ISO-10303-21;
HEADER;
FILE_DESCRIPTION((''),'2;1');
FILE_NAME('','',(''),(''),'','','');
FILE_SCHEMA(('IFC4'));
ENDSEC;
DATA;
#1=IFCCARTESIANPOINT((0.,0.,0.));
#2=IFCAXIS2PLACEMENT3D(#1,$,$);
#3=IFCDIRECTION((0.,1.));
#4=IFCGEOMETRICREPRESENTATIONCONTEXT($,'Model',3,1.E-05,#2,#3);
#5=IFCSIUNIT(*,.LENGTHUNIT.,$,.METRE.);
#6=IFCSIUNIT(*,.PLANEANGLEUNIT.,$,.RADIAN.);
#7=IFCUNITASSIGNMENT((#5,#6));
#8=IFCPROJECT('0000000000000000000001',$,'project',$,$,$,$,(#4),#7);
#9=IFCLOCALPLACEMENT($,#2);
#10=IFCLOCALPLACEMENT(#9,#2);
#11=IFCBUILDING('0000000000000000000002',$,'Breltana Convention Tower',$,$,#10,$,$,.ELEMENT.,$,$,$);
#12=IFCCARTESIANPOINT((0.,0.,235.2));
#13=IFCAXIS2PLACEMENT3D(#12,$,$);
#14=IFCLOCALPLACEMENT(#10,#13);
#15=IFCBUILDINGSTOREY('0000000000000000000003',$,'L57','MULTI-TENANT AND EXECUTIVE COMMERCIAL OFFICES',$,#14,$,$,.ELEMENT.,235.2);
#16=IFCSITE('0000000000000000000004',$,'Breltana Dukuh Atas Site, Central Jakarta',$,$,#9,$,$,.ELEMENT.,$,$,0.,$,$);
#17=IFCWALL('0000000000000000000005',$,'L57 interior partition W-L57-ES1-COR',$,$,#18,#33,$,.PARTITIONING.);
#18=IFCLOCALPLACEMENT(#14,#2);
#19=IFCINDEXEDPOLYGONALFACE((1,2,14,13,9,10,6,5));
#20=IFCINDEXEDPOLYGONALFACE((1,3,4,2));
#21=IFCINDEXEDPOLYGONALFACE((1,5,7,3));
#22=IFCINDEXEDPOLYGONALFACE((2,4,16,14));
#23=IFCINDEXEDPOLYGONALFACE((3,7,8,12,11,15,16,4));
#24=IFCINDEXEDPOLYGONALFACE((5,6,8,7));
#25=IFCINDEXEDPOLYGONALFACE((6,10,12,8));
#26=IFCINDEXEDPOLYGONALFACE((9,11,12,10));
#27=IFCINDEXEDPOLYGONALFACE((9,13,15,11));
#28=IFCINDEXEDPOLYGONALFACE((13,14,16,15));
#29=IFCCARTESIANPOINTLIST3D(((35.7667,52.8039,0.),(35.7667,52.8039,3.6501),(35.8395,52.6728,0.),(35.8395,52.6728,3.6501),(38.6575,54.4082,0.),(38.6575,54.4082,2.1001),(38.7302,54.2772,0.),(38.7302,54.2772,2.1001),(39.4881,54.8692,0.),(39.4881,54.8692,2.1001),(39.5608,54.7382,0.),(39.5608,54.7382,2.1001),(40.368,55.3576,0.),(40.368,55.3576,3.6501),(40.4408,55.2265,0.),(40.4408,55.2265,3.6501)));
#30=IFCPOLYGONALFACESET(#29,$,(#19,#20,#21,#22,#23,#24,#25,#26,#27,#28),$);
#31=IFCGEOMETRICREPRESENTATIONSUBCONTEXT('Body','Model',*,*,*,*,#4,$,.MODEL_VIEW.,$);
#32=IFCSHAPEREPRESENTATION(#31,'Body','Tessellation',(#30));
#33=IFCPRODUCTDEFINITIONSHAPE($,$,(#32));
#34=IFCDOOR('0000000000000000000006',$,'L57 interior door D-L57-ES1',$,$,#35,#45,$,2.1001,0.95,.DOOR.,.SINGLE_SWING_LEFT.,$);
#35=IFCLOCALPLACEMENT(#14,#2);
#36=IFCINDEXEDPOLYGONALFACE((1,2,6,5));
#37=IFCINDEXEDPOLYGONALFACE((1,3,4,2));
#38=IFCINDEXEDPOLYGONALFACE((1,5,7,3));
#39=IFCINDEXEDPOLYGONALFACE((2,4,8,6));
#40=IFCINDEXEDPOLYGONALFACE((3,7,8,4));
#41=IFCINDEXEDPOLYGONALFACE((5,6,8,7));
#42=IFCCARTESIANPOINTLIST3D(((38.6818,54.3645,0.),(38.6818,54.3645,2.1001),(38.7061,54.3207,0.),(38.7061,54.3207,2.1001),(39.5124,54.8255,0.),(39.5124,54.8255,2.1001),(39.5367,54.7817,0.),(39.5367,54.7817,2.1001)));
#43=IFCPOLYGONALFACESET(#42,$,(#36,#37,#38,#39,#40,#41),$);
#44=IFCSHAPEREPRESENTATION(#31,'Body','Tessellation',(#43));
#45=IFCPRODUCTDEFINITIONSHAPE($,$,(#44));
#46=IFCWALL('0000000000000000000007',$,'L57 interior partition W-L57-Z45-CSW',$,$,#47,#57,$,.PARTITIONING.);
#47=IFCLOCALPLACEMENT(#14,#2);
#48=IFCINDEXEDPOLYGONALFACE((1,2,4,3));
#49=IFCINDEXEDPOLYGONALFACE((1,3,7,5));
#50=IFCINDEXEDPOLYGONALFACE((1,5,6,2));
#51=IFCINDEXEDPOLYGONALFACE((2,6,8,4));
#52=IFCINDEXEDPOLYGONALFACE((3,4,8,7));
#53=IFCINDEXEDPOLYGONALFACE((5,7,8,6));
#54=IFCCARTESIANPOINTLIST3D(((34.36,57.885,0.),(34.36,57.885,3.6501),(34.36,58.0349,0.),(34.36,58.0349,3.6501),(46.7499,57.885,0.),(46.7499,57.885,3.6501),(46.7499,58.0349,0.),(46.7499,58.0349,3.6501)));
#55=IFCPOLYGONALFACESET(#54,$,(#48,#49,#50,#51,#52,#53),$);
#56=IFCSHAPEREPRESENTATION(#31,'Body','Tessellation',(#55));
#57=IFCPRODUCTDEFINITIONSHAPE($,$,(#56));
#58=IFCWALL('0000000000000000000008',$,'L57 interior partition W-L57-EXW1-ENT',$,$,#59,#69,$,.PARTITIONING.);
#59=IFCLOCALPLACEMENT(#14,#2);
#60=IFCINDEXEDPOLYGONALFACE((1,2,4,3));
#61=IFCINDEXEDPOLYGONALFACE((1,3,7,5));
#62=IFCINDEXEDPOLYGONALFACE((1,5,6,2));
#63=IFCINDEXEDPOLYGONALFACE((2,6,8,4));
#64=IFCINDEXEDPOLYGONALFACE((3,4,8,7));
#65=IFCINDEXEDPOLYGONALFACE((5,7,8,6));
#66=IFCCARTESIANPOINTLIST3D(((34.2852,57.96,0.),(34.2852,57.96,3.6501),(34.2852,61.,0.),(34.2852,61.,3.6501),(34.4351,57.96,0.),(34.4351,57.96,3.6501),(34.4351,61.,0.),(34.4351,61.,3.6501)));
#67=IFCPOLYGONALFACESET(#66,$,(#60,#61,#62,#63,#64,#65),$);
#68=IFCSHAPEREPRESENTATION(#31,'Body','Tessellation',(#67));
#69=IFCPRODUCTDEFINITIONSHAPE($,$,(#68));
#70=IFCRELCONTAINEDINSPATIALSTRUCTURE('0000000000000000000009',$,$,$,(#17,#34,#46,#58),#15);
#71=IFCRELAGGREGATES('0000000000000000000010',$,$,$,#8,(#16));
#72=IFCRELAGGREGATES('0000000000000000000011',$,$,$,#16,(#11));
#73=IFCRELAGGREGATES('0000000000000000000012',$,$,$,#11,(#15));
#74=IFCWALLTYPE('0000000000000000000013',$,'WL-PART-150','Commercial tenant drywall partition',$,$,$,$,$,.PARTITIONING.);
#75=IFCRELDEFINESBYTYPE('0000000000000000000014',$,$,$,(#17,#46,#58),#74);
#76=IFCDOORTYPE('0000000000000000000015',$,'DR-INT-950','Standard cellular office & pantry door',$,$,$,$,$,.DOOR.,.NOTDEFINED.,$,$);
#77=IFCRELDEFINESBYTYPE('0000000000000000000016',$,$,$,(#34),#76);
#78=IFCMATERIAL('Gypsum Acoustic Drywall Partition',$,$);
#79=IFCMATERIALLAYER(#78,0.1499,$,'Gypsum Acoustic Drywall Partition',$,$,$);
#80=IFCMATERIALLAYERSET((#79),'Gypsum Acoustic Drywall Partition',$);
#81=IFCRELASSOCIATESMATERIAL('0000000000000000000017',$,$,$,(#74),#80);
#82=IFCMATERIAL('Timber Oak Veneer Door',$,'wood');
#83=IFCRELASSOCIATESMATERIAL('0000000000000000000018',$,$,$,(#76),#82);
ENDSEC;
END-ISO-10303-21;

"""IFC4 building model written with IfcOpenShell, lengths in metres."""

from ifc_helpers import new_model, si_unit, direction, frame, frame_2d, origin, place, context, subcontext, project, spatial, rectangle, extrude, source, transform, mapped, material, layer, layer_set, type_object, type_shapes, element, fill, save


model = new_model("IFC4")

# Units and contexts
model_context = context("Model", 3, precision=1e-05, world=origin(), true_north=direction((0.0, 1.0)))
body_context = subcontext(model_context, "Body", "Model", "MODEL_VIEW")
ifc_project = project(units=[si_unit("LENGTHUNIT", "METRE"), si_unit("PLANEANGLEUNIT", "RADIAN")], contexts=[model_context])

# Site, building, storey
site_placement = place(None, origin())
site = spatial("IfcSite", under=ifc_project, at=site_placement, Name="Breltana Dukuh Atas Site, Central Jakarta", CompositionType="ELEMENT", RefElevation=0.0)
building_placement = place(site_placement, origin())
building = spatial("IfcBuilding", under=site, at=building_placement, Name="Breltana Convention Tower", CompositionType="ELEMENT")
storey_placement = place(building_placement, frame((0.0, 0.0, 235.2)))
storey = spatial("IfcBuildingStorey", under=building, at=storey_placement, Name="L57", Description="MULTI-TENANT AND EXECUTIVE COMMERCIAL OFFICES", CompositionType="ELEMENT", Elevation=235.2)

# Wall, opening, door
ifc_material_1 = material(Name="Gypsum Acoustic Drywall Partition")
ifc_layer_1 = layer(ifc_material_1, 0.1499, Name="Gypsum Acoustic Drywall Partition")
ifc_layer_set_1 = layer_set([ifc_layer_1], Name="Gypsum Acoustic Drywall Partition")
wall_type_1 = type_object("IfcWallType", Name="WL-PART-150", Description="Commercial tenant drywall partition", PredefinedType="PARTITIONING", material=ifc_layer_set_1)
shared_shape_1 = source(origin(), body_context, "Body", "SweptSolid", [
    extrude(rectangle(XDim=5.2625, YDim=0.1499, at=frame_2d((2.6313, 0.0))), origin(), (0.0, 0.0, 1.0), 3.6501),
])
wall_1_placement = place(storey_placement, frame((35.803, 52.7383, 0.0), z_axis=(0.0, 0.0, 1.0), x_axis=(0.874365, 0.485269, 0.0)))
wall_1 = element("IfcWall", 1, at=wall_1_placement, inside=storey, type_object=wall_type_1, Name="L57 interior partition W-L57-ES1-COR", PredefinedType="PARTITIONING", context=body_context, shape_type="MappedRepresentation", body=[
    mapped(shared_shape_1, transform((0.0, 0.0, 0.0), scale=1.0)),
])
opening_1_placement = place(wall_1_placement, frame((3.3062, 0.0, 0.0)))
opening_1 = element("IfcOpeningElement", 2, at=opening_1_placement, cuts=wall_1, PredefinedType="OPENING", context=body_context, shape_type="SweptSolid", body=[
    extrude(rectangle(XDim=0.95, YDim=2.1001, at=frame_2d((0.4751, 1.05))), frame((0.0, 0.085, 0.0), z_axis=(0.0, -1.0, 0.0), x_axis=(1.0, 0.0, 0.0)), (0.0, 0.0, 1.0), 0.1699),
])
ifc_material_2 = material(Name="Timber Oak Veneer Door", Category="wood")
door_type = type_object("IfcDoorType", Name="DR-INT-950", Description="Standard cellular office & pantry door", OperationType="NOTDEFINED", PredefinedType="DOOR", material=ifc_material_2)
shared_shape_2 = source(origin(), body_context, "Body", "SweptSolid", [
    extrude(rectangle(XDim=0.95, YDim=2.1001, at=frame_2d((0.4751, 1.05))), frame((0.0, 0.0249, 0.0), z_axis=(0.0, -1.0, 0.0), x_axis=(1.0, 0.0, 0.0)), (0.0, 0.0, 1.0), 0.05),
])
type_shapes(door_type, [shared_shape_2])
door_placement = place(opening_1_placement, origin())
door = element("IfcDoor", 3, at=door_placement, inside=storey, type_object=door_type, Name="L57 interior door D-L57-ES1", OperationType="SINGLE_SWING_LEFT", OverallHeight=2.1001, OverallWidth=0.95, PredefinedType="DOOR", context=body_context, shape_type="MappedRepresentation", body=[
    mapped(shared_shape_2, transform((0.0, 0.0, 0.0), scale=1.0)),
])
fill(opening_1, door)

# Walls
shared_shape_3 = source(origin(), body_context, "Body", "SweptSolid", [
    extrude(rectangle(XDim=12.3899, YDim=0.1499, at=frame_2d((6.1948, 0.0))), origin(), (0.0, 0.0, 1.0), 3.6501),
])
wall_2_placement = place(storey_placement, frame((34.3601, 57.96, 0.0), z_axis=(0.0, 0.0, 1.0), x_axis=(1.0, 0.0, 0.0)))
element("IfcWall", 4, at=wall_2_placement, inside=storey, type_object=wall_type_1, Name="L57 interior partition W-L57-Z45-CSW", PredefinedType="PARTITIONING", context=body_context, shape_type="MappedRepresentation", body=[
    mapped(shared_shape_3, transform((0.0, 0.0, 0.0), scale=1.0)),
])
shared_shape_4 = source(origin(), body_context, "Body", "SweptSolid", [
    extrude(rectangle(XDim=3.04, YDim=0.1499, at=frame_2d((1.52, 0.0))), origin(), (0.0, 0.0, 1.0), 3.6501),
])
wall_3_placement = place(storey_placement, frame((34.3601, 57.96, 0.0), z_axis=(0.0, 0.0, 1.0), x_axis=(0.0, 1.0, 0.0)))
element("IfcWall", 5, at=wall_3_placement, inside=storey, type_object=wall_type_1, Name="L57 interior partition W-L57-EXW1-ENT", PredefinedType="PARTITIONING", context=body_context, shape_type="MappedRepresentation", body=[
    mapped(shared_shape_4, transform((0.0, 0.0, 0.0), scale=1.0)),
])

save(model, "model.ifc")
